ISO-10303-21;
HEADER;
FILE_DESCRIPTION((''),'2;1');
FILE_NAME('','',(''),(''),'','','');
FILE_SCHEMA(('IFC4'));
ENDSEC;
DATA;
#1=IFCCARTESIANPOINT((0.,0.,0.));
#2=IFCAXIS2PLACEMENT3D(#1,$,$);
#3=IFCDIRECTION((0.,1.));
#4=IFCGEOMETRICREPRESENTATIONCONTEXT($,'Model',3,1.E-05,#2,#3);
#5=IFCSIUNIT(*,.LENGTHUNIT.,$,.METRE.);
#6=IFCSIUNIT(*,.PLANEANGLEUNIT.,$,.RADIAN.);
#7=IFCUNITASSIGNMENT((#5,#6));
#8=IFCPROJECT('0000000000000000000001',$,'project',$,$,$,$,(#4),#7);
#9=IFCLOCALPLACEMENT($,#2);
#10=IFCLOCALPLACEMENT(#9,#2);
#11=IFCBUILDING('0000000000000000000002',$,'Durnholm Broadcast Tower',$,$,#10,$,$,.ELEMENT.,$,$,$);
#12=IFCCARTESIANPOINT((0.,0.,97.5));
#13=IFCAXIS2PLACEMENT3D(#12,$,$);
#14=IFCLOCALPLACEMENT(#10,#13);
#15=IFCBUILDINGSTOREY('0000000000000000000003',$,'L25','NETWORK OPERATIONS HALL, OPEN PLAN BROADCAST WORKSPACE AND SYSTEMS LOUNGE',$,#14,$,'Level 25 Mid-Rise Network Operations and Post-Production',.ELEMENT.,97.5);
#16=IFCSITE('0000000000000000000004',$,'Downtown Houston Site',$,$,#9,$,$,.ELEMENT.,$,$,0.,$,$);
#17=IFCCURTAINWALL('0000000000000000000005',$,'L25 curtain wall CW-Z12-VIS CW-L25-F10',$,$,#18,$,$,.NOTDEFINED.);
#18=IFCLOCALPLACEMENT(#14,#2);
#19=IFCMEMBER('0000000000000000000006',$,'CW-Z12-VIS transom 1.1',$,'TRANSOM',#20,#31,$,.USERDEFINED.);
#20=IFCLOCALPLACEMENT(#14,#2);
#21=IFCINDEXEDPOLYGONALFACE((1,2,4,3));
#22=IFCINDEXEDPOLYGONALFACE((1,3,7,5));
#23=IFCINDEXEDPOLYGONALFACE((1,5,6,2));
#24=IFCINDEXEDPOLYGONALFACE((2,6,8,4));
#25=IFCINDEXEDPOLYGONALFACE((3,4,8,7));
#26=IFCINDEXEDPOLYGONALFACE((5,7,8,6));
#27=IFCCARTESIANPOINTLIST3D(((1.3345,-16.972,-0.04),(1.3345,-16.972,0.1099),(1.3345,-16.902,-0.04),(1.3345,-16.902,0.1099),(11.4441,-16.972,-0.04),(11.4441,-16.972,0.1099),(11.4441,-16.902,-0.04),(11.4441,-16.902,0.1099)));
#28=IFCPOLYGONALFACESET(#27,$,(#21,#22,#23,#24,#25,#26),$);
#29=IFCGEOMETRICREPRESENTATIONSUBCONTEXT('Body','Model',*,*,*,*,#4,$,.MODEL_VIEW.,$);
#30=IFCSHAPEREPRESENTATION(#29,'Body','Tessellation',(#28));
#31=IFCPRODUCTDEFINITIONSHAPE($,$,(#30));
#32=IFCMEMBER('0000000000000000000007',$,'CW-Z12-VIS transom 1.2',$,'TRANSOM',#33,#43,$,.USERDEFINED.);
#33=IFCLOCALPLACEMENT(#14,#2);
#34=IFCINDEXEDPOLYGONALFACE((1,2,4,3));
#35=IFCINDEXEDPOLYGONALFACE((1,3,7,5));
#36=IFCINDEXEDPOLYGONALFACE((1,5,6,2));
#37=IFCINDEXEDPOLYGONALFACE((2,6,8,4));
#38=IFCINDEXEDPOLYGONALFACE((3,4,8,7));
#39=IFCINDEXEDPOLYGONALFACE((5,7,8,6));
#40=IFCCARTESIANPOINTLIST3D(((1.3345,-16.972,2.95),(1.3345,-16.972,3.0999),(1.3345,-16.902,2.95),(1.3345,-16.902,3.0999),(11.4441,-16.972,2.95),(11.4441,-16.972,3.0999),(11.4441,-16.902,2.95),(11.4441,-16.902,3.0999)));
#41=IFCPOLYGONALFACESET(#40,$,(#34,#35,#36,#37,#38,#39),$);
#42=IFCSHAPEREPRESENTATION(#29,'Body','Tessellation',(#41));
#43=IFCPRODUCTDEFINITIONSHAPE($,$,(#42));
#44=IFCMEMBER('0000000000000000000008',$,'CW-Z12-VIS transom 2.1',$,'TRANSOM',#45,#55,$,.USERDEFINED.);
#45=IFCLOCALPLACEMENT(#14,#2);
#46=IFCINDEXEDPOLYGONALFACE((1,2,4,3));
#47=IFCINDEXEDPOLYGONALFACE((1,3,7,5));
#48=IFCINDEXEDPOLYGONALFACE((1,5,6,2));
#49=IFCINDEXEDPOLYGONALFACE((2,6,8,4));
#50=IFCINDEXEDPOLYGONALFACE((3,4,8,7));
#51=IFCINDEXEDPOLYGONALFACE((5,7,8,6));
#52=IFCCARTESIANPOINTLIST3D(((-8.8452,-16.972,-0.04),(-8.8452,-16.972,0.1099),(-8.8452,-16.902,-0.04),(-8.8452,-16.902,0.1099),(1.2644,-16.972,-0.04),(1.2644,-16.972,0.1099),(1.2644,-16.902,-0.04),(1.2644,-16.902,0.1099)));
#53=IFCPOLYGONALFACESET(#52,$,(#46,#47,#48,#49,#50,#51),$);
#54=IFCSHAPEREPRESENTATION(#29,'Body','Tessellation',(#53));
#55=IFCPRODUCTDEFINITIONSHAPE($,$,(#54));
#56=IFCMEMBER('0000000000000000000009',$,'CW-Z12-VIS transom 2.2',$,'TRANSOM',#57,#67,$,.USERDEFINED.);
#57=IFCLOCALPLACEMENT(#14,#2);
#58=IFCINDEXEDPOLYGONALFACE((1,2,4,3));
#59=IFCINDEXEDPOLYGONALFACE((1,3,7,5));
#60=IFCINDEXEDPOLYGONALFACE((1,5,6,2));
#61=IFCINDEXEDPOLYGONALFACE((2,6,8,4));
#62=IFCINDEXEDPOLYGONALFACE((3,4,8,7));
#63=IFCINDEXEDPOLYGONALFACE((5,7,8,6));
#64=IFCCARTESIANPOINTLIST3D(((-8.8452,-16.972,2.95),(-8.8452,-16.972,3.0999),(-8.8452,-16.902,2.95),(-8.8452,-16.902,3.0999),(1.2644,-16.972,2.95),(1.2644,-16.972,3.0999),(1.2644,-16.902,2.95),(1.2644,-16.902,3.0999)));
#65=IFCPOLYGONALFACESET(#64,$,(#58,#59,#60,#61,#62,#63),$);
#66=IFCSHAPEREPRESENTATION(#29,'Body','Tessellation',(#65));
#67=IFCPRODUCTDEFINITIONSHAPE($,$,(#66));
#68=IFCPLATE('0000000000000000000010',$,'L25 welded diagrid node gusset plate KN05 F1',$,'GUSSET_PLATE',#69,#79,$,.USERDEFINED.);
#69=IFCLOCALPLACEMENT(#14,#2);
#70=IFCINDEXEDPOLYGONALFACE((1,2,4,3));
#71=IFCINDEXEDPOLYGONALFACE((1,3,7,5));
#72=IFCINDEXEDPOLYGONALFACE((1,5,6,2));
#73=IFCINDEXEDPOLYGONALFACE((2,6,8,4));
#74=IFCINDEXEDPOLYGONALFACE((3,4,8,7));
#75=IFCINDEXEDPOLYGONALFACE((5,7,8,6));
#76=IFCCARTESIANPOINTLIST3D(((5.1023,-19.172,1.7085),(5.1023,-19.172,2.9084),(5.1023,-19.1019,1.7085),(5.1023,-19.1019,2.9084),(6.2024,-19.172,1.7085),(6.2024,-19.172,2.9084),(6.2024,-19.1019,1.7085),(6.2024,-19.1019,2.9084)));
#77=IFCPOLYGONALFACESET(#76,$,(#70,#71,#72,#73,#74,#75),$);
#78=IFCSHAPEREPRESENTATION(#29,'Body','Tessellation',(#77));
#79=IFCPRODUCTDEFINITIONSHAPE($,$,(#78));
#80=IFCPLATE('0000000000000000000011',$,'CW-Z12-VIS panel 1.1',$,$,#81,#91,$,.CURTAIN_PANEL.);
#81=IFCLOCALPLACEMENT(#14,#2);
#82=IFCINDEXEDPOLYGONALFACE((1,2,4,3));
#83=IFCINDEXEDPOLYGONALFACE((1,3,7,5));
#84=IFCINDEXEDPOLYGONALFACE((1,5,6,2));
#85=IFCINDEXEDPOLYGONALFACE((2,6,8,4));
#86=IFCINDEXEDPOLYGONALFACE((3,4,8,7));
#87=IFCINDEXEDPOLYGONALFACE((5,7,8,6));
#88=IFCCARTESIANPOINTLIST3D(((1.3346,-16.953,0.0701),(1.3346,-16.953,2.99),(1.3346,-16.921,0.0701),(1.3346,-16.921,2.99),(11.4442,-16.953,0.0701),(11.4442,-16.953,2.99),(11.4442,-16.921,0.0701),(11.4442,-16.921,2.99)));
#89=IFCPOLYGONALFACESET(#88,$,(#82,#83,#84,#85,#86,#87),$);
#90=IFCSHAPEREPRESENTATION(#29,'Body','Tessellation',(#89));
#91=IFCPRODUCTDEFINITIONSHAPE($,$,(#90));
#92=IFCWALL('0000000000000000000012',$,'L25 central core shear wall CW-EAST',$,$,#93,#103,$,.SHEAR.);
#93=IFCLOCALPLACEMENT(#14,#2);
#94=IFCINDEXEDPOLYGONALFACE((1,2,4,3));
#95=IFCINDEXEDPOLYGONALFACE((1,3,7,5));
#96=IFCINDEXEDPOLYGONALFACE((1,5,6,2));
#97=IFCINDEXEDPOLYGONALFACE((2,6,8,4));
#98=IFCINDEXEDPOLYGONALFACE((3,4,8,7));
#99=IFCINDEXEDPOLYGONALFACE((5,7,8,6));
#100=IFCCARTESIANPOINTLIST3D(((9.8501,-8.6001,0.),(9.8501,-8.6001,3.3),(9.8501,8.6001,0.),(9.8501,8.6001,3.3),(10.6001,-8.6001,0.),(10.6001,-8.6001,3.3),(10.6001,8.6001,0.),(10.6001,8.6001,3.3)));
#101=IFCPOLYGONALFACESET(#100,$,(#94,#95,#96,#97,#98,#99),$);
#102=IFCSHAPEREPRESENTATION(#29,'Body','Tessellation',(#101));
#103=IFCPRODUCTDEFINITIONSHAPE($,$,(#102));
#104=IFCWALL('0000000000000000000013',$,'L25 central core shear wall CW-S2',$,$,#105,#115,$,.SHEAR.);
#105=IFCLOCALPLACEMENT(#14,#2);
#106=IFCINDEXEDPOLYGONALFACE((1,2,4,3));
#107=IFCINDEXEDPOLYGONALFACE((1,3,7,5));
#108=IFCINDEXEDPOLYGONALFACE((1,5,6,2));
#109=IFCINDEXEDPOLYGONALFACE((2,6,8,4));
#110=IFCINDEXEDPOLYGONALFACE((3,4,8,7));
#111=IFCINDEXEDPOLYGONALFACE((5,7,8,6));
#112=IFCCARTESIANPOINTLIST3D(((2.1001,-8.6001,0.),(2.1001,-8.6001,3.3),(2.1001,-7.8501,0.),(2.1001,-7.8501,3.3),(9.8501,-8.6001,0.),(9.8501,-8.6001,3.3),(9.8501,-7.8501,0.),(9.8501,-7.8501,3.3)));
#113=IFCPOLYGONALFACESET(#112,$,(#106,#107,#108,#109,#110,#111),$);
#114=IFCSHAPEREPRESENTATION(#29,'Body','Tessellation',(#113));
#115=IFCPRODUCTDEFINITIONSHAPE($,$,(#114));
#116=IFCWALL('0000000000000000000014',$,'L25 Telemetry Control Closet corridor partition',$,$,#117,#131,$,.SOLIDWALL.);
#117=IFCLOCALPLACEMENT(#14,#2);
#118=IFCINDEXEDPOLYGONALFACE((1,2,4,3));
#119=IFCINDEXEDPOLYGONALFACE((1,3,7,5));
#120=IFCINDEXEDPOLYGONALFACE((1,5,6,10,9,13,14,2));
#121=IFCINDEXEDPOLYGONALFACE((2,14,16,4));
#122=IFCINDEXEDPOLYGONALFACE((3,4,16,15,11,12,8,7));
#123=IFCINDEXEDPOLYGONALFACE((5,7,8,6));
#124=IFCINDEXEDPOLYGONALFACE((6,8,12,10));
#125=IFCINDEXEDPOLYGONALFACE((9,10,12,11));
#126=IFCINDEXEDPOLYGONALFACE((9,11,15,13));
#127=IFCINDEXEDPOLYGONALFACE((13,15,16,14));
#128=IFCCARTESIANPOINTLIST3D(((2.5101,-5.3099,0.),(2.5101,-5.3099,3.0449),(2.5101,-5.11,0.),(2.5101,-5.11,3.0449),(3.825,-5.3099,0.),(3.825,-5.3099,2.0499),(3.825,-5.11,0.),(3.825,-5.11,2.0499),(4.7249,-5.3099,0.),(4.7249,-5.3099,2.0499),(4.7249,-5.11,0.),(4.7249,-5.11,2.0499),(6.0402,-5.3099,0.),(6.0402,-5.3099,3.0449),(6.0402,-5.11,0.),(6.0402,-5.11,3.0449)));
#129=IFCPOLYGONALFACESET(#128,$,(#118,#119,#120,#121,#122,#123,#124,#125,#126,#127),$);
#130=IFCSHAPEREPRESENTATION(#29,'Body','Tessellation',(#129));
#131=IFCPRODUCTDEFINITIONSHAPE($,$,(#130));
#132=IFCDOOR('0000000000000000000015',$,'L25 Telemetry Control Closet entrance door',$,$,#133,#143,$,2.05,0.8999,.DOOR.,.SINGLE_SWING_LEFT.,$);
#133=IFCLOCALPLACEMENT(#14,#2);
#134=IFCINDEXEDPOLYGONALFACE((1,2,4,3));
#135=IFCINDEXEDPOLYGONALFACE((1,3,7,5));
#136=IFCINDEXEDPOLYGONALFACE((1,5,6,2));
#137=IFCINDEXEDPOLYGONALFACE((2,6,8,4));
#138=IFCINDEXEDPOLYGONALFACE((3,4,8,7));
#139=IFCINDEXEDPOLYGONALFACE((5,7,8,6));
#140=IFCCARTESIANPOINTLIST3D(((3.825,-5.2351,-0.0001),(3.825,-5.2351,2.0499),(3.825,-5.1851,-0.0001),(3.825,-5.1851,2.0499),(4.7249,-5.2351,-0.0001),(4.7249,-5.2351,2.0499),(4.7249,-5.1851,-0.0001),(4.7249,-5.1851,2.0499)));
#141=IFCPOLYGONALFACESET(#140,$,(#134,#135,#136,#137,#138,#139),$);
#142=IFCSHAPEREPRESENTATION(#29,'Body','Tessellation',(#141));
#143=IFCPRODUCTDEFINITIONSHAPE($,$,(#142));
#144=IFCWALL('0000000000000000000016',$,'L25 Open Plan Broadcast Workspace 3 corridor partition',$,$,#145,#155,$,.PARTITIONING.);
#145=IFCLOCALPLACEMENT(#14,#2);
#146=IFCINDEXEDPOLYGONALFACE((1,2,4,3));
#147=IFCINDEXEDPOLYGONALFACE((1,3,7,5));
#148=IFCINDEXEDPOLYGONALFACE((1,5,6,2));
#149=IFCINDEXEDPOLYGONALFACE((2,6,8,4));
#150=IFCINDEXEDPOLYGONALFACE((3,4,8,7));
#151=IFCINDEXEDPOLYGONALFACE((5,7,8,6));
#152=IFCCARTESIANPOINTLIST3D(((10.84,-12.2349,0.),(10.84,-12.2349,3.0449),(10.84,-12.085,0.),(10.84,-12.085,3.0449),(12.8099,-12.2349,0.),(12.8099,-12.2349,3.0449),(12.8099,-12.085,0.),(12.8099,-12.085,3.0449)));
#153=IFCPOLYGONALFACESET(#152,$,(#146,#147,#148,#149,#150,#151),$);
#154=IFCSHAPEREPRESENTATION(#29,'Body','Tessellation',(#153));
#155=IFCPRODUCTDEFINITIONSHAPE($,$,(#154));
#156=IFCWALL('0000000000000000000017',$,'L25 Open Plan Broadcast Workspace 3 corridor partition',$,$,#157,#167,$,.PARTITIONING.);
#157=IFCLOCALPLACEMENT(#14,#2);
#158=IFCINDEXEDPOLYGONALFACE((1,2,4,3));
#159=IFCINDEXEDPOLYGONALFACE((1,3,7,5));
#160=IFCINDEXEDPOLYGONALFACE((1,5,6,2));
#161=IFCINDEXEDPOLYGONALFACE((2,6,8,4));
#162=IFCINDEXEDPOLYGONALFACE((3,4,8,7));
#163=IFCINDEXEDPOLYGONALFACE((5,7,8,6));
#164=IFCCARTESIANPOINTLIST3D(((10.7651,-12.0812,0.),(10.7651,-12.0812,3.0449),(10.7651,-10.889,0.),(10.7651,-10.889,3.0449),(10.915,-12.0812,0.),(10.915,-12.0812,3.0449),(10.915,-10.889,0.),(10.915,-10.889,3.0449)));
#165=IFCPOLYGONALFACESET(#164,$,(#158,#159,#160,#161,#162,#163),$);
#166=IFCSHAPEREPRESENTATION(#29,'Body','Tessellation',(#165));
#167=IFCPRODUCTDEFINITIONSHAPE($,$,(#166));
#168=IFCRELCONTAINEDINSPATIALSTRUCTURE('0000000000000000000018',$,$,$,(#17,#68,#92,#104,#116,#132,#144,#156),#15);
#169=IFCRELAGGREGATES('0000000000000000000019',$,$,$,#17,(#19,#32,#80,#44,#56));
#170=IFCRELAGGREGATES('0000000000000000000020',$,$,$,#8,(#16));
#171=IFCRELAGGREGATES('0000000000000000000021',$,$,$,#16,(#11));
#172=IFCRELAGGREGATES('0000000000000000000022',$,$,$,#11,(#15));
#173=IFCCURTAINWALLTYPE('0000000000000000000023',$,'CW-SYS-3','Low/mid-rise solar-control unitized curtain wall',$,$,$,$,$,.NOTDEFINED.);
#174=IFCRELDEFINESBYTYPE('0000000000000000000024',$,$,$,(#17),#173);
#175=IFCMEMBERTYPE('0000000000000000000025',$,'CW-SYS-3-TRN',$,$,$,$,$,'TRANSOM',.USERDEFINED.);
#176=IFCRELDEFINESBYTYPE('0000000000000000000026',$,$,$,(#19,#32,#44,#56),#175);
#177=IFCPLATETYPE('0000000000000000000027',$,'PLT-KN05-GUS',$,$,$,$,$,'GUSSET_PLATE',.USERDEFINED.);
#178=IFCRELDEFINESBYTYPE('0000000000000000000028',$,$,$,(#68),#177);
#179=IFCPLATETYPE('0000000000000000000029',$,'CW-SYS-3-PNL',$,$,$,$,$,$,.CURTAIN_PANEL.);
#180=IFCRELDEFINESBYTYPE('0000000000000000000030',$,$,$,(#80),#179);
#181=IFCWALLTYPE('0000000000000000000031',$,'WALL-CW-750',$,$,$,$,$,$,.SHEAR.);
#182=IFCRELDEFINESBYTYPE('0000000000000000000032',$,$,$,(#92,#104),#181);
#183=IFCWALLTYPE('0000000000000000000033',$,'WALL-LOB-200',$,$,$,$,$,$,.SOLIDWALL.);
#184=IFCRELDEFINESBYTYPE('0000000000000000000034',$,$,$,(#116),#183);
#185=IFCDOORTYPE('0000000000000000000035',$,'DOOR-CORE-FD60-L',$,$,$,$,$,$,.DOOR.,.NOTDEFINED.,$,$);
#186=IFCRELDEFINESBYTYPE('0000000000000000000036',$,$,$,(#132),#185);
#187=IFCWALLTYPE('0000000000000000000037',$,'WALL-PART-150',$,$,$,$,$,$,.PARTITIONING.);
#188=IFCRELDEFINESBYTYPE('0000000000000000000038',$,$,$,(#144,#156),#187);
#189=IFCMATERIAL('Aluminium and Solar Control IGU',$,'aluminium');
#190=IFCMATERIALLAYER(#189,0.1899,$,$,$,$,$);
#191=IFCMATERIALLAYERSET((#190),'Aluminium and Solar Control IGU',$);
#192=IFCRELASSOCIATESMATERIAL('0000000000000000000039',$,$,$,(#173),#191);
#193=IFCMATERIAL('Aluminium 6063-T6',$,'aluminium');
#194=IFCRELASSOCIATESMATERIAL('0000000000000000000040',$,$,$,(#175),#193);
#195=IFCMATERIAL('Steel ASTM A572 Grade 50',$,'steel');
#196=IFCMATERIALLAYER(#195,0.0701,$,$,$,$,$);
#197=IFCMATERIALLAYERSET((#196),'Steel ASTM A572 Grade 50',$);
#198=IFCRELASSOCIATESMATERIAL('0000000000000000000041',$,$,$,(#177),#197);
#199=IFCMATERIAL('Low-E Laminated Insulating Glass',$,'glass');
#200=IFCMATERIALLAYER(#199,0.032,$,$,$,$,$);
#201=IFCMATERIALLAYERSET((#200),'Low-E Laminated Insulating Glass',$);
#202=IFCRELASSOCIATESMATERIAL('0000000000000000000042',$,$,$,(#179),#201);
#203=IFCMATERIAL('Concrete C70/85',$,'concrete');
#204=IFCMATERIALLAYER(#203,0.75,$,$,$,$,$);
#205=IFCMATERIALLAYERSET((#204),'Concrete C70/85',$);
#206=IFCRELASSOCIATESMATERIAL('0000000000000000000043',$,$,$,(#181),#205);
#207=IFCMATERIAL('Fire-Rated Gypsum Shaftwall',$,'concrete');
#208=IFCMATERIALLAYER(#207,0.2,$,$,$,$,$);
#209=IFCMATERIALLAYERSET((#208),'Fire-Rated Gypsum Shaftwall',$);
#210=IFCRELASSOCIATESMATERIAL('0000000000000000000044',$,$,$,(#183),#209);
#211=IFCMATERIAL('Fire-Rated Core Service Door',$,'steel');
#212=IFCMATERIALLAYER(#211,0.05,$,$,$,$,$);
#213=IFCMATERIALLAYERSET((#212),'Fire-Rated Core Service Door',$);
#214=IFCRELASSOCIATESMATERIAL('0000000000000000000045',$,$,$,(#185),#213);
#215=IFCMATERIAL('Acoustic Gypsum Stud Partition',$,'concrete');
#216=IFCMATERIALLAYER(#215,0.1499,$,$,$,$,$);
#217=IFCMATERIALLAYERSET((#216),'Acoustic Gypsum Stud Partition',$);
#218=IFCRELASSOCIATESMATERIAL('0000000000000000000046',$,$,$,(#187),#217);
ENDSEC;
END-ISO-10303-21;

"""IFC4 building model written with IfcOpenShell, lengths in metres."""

from ifc_helpers import new_model, si_unit, direction, frame, frame_2d, origin, origin_2d, place, context, subcontext, project, spatial, rectangle, extrude, source, transform, mapped, material, layer, layer_set, material_profile, profile_set, type_object, type_shapes, element, fill, aggregate, save


model = new_model("IFC4")

# Units and contexts
model_context = context("Model", 3, precision=1e-05, world=origin(), true_north=direction((0.0, 1.0)))
body_context = subcontext(model_context, "Body", "Model", "MODEL_VIEW")
ifc_project = project(units=[si_unit("LENGTHUNIT", "METRE"), si_unit("PLANEANGLEUNIT", "RADIAN")], contexts=[model_context])

# Site, building, storey
site_placement = place(None, origin())
site = spatial("IfcSite", under=ifc_project, at=site_placement, Name="Downtown Houston Site", CompositionType="ELEMENT", RefElevation=0.0)
building_placement = place(site_placement, origin())
building = spatial("IfcBuilding", under=site, at=building_placement, Name="Durnholm Broadcast Tower", CompositionType="ELEMENT")
storey_placement = place(building_placement, frame((0.0, 0.0, 97.5)))
storey = spatial("IfcBuildingStorey", under=building, at=storey_placement, Name="L25", Description="NETWORK OPERATIONS HALL, OPEN PLAN BROADCAST WORKSPACE AND SYSTEMS LOUNGE", LongName="Level 25 Mid-Rise Network Operations and Post-Production", CompositionType="ELEMENT", Elevation=97.5)

# Shared definitions
ifc_material_1 = material(Name="Concrete C70/85", Category="concrete")

# Shared definitions
ifc_material_2 = material(Name="Aluminium and Solar Control IGU", Category="aluminium")
ifc_material_3 = material(Name="Aluminium 6063-T6", Category="aluminium")

# Curtain wall, members
ifc_layer_1 = layer(ifc_material_2, 0.1899)
ifc_layer_set_1 = layer_set([ifc_layer_1], Name="Aluminium and Solar Control IGU")
curtain_wall_type_1 = type_object("IfcCurtainWallType", Name="CW-SYS-3", Description="Low/mid-rise solar-control unitized curtain wall", PredefinedType="NOTDEFINED", material=ifc_layer_set_1)
curtain_wall_1_placement = place(storey_placement, origin())
curtain_wall_1 = element("IfcCurtainWall", 1, at=curtain_wall_1_placement, inside=storey, type_object=curtain_wall_type_1, Name="L25 curtain wall CW-Z12-VIS CW-L25-F10", PredefinedType="NOTDEFINED")
ifc_material_profile_1 = material_profile(ifc_material_3, rectangle(XDim=0.0701, YDim=0.1499, at=origin_2d()), Name="CWT70X150")
ifc_profile_set_1 = profile_set([ifc_material_profile_1], Name="Aluminium 6063-T6")
member_type_1 = type_object("IfcMemberType", Name="CW-SYS-3-TRN", ElementType="TRANSOM", PredefinedType="USERDEFINED", material=ifc_profile_set_1)
shared_shape_1 = source(origin(), body_context, "Body", "SweptSolid", [
    extrude(rectangle(XDim=0.0701, YDim=0.1499, at=origin_2d()), origin(), (0.0, 0.0, 1.0), 10.1096),
])
type_shapes(member_type_1, [shared_shape_1])
member_1_placement = place(storey_placement, frame((11.4441, -16.937, 0.0349), z_axis=(-1.0, 0.0, 0.0), x_axis=(0.0, -1.0, 0.0)))
member_1 = element("IfcMember", 2, at=member_1_placement, type_object=member_type_1, Name="CW-Z12-VIS transom 1.1", ObjectType="TRANSOM", PredefinedType="USERDEFINED", context=body_context, shape_type="MappedRepresentation", body=[
    mapped(shared_shape_1, transform((0.0, 0.0, 0.0), x_axis=(1.0, 0.0, 0.0), y_axis=(0.0, 1.0, 0.0), z_axis=(0.0, 0.0, 1.0), scale=1.0)),
])
member_2_placement = place(storey_placement, frame((11.4441, -16.937, 3.0249), z_axis=(-1.0, 0.0, 0.0), x_axis=(0.0, -1.0, 0.0)))
member_2 = element("IfcMember", 3, at=member_2_placement, type_object=member_type_1, Name="CW-Z12-VIS transom 1.2", ObjectType="TRANSOM", PredefinedType="USERDEFINED", context=body_context, shape_type="MappedRepresentation", body=[
    mapped(shared_shape_1, transform((0.0, 0.0, 0.0), x_axis=(1.0, 0.0, 0.0), y_axis=(0.0, 1.0, 0.0), z_axis=(0.0, 0.0, 1.0), scale=1.0)),
])
member_3_placement = place(storey_placement, frame((1.2644, -16.937, 0.0349), z_axis=(-1.0, 0.0, 0.0), x_axis=(0.0, -1.0, 0.0)))
member_3 = element("IfcMember", 4, at=member_3_placement, type_object=member_type_1, Name="CW-Z12-VIS transom 2.1", ObjectType="TRANSOM", PredefinedType="USERDEFINED", context=body_context, shape_type="MappedRepresentation", body=[
    mapped(shared_shape_1, transform((0.0, 0.0, 0.0), x_axis=(1.0, 0.0, 0.0), y_axis=(0.0, 1.0, 0.0), z_axis=(0.0, 0.0, 1.0), scale=1.0)),
])
member_4_placement = place(storey_placement, frame((1.2644, -16.937, 3.0249), z_axis=(-1.0, 0.0, 0.0), x_axis=(0.0, -1.0, 0.0)))
member_4 = element("IfcMember", 5, at=member_4_placement, type_object=member_type_1, Name="CW-Z12-VIS transom 2.2", ObjectType="TRANSOM", PredefinedType="USERDEFINED", context=body_context, shape_type="MappedRepresentation", body=[
    mapped(shared_shape_1, transform((0.0, 0.0, 0.0), x_axis=(1.0, 0.0, 0.0), y_axis=(0.0, 1.0, 0.0), z_axis=(0.0, 0.0, 1.0), scale=1.0)),
])

# Plates
ifc_material_4 = material(Name="Steel ASTM A572 Grade 50", Category="steel")
ifc_layer_2 = layer(ifc_material_4, 0.0701)
ifc_layer_set_2 = layer_set([ifc_layer_2], Name="Steel ASTM A572 Grade 50")
plate_type_1 = type_object("IfcPlateType", Name="PLT-KN05-GUS", ElementType="GUSSET_PLATE", PredefinedType="USERDEFINED", material=ifc_layer_set_2)
shared_shape_2 = source(origin(), body_context, "Body", "SweptSolid", [
    extrude(rectangle(XDim=1.1001, YDim=0.0701, at=origin_2d()), origin(), (0.0, 0.0, 1.0), 1.2),
])
type_shapes(plate_type_1, [shared_shape_2])
plate_1_placement = place(storey_placement, frame((5.6523, -19.137, 1.7085), z_axis=(0.0, 0.0, 1.0), x_axis=(1.0, 0.0, 0.0)))
element("IfcPlate", 6, at=plate_1_placement, inside=storey, type_object=plate_type_1, Name="L25 welded diagrid node gusset plate KN05 F1", ObjectType="GUSSET_PLATE", PredefinedType="USERDEFINED", context=body_context, shape_type="MappedRepresentation", body=[
    mapped(shared_shape_2, transform((0.0, 0.0, 0.0), x_axis=(1.0, 0.0, 0.0), y_axis=(0.0, 1.0, 0.0), z_axis=(0.0, 0.0, 1.0), scale=1.0)),
])
ifc_material_5 = material(Name="Low-E Laminated Insulating Glass", Category="glass")
ifc_layer_3 = layer(ifc_material_5, 0.032)
ifc_layer_set_3 = layer_set([ifc_layer_3], Name="Low-E Laminated Insulating Glass")
plate_type_2 = type_object("IfcPlateType", Name="CW-SYS-3-PNL", PredefinedType="CURTAIN_PANEL", material=ifc_layer_set_3)
shared_shape_3 = source(origin(), body_context, "Body", "SweptSolid", [
    extrude(rectangle(XDim=10.1096, YDim=0.032, at=origin_2d()), origin(), (0.0, 0.0, 1.0), 2.9199),
])
type_shapes(plate_type_2, [shared_shape_3])
plate_2_placement = place(storey_placement, frame((6.3894, -16.937, 0.0701), z_axis=(0.0, 0.0, 1.0), x_axis=(-1.0, 0.0, 0.0)))
plate_2 = element("IfcPlate", 7, at=plate_2_placement, type_object=plate_type_2, Name="CW-Z12-VIS panel 1.1", PredefinedType="CURTAIN_PANEL", context=body_context, shape_type="MappedRepresentation", body=[
    mapped(shared_shape_3, transform((0.0, 0.0, 0.0), x_axis=(1.0, 0.0, 0.0), y_axis=(0.0, 1.0, 0.0), z_axis=(0.0, 0.0, 1.0), scale=1.0)),
])
aggregate(curtain_wall_1, [member_1, member_2, plate_2, member_3, member_4])

# Walls
ifc_layer_4 = layer(ifc_material_1, 0.75)
ifc_layer_set_4 = layer_set([ifc_layer_4], Name="Concrete C70/85")
wall_type_1 = type_object("IfcWallType", Name="WALL-CW-750", PredefinedType="SHEAR", material=ifc_layer_set_4)
wall_1_placement = place(storey_placement, frame((10.2251, -8.6001, 0.0), z_axis=(0.0, 0.0, 1.0), x_axis=(0.0, 1.0, 0.0)))
element("IfcWall", 8, at=wall_1_placement, inside=storey, type_object=wall_type_1, Name="L25 central core shear wall CW-EAST", PredefinedType="SHEAR", context=body_context, shape_type="SweptSolid", body=[
    extrude(rectangle(XDim=17.2002, YDim=0.75, at=frame_2d((8.6001, 0.0))), origin(), (0.0, 0.0, 1.0), 3.3),
])
wall_2_placement = place(storey_placement, frame((2.1001, -8.2251, 0.0), z_axis=(0.0, 0.0, 1.0), x_axis=(1.0, 0.0, 0.0)))
element("IfcWall", 9, at=wall_2_placement, inside=storey, type_object=wall_type_1, Name="L25 central core shear wall CW-S2", PredefinedType="SHEAR", context=body_context, shape_type="SweptSolid", body=[
    extrude(rectangle(XDim=7.75, YDim=0.75, at=frame_2d((3.875, 0.0))), origin(), (0.0, 0.0, 1.0), 3.3),
])

# Wall, opening, door
ifc_material_6 = material(Name="Fire-Rated Gypsum Shaftwall", Category="concrete")
ifc_layer_5 = layer(ifc_material_6, 0.2)
ifc_layer_set_5 = layer_set([ifc_layer_5], Name="Fire-Rated Gypsum Shaftwall")
wall_type_2 = type_object("IfcWallType", Name="WALL-LOB-200", PredefinedType="SOLIDWALL", material=ifc_layer_set_5)
wall_3_placement = place(storey_placement, frame((2.51, -5.21, 0.0), z_axis=(0.0, 0.0, 1.0), x_axis=(1.0, 0.0, 0.0)))
wall_3 = element("IfcWall", 10, at=wall_3_placement, inside=storey, type_object=wall_type_2, Name="L25 Telemetry Control Closet corridor partition", PredefinedType="SOLIDWALL", context=body_context, shape_type="SweptSolid", body=[
    extrude(rectangle(XDim=3.53, YDim=0.2, at=frame_2d((1.7651, 0.0))), origin(), (0.0, 0.0, 1.0), 3.0449),
])
opening_1_placement = place(wall_3_placement, frame((1.3149, 0.0, 0.0)))
opening_1 = element("IfcOpeningElement", 11, at=opening_1_placement, cuts=wall_3, PredefinedType="OPENING", context=body_context, shape_type="SweptSolid", body=[
    extrude(rectangle(XDim=0.8999, YDim=2.05, at=frame_2d((0.45, 1.0249))), frame((0.0, 0.1099, 0.0), z_axis=(0.0, -1.0, 0.0), x_axis=(1.0, 0.0, 0.0)), (0.0, 0.0, 1.0), 0.22),
])
ifc_material_7 = material(Name="Fire-Rated Core Service Door", Category="steel")
ifc_layer_6 = layer(ifc_material_7, 0.05)
ifc_layer_set_6 = layer_set([ifc_layer_6], Name="Fire-Rated Core Service Door")
door_type_1 = type_object("IfcDoorType", Name="DOOR-CORE-FD60-L", OperationType="NOTDEFINED", PredefinedType="DOOR", material=ifc_layer_set_6)
shared_shape_4 = source(origin(), body_context, "Body", "SweptSolid", [
    extrude(rectangle(XDim=0.8999, YDim=2.05, at=frame_2d((0.45, 1.0249))), frame((0.0, 0.0249, 0.0), z_axis=(0.0, -1.0, 0.0), x_axis=(1.0, 0.0, 0.0)), (0.0, 0.0, 1.0), 0.05),
])
type_shapes(door_type_1, [shared_shape_4])
door_1_placement = place(opening_1_placement, origin())
door_1 = element("IfcDoor", 12, at=door_1_placement, inside=storey, type_object=door_type_1, Name="L25 Telemetry Control Closet entrance door", OperationType="SINGLE_SWING_LEFT", OverallHeight=2.05, OverallWidth=0.8999, PredefinedType="DOOR", context=body_context, shape_type="MappedRepresentation", body=[
    mapped(shared_shape_4, transform((0.0, 0.0, 0.0), x_axis=(1.0, 0.0, 0.0), y_axis=(0.0, 1.0, 0.0), z_axis=(0.0, 0.0, 1.0), scale=1.0)),
])
fill(opening_1, door_1)

# Walls
ifc_material_8 = material(Name="Acoustic Gypsum Stud Partition", Category="concrete")
ifc_layer_7 = layer(ifc_material_8, 0.1499)
ifc_layer_set_7 = layer_set([ifc_layer_7], Name="Acoustic Gypsum Stud Partition")
wall_type_3 = type_object("IfcWallType", Name="WALL-PART-150", PredefinedType="PARTITIONING", material=ifc_layer_set_7)
wall_4_placement = place(storey_placement, frame((10.8401, -12.1599, 0.0), z_axis=(0.0, 0.0, 1.0), x_axis=(1.0, 0.0, 0.0)))
element("IfcWall", 13, at=wall_4_placement, inside=storey, type_object=wall_type_3, Name="L25 Open Plan Broadcast Workspace 3 corridor partition", PredefinedType="PARTITIONING", context=body_context, shape_type="SweptSolid", body=[
    extrude(rectangle(XDim=1.97, YDim=0.1499, at=frame_2d((0.9849, 0.0))), origin(), (0.0, 0.0, 1.0), 3.0449),
])
wall_5_placement = place(storey_placement, frame((10.8401, -10.8889, 0.0), z_axis=(0.0, 0.0, 1.0), x_axis=(0.0, -1.0, 0.0)))
element("IfcWall", 14, at=wall_5_placement, inside=storey, type_object=wall_type_3, Name="L25 Open Plan Broadcast Workspace 3 corridor partition", PredefinedType="PARTITIONING", context=body_context, shape_type="SweptSolid", body=[
    extrude(rectangle(XDim=1.1921, YDim=0.1499, at=frame_2d((0.5962, 0.0))), origin(), (0.0, 0.0, 1.0), 3.0449),
])

save(model, "model.ifc")
